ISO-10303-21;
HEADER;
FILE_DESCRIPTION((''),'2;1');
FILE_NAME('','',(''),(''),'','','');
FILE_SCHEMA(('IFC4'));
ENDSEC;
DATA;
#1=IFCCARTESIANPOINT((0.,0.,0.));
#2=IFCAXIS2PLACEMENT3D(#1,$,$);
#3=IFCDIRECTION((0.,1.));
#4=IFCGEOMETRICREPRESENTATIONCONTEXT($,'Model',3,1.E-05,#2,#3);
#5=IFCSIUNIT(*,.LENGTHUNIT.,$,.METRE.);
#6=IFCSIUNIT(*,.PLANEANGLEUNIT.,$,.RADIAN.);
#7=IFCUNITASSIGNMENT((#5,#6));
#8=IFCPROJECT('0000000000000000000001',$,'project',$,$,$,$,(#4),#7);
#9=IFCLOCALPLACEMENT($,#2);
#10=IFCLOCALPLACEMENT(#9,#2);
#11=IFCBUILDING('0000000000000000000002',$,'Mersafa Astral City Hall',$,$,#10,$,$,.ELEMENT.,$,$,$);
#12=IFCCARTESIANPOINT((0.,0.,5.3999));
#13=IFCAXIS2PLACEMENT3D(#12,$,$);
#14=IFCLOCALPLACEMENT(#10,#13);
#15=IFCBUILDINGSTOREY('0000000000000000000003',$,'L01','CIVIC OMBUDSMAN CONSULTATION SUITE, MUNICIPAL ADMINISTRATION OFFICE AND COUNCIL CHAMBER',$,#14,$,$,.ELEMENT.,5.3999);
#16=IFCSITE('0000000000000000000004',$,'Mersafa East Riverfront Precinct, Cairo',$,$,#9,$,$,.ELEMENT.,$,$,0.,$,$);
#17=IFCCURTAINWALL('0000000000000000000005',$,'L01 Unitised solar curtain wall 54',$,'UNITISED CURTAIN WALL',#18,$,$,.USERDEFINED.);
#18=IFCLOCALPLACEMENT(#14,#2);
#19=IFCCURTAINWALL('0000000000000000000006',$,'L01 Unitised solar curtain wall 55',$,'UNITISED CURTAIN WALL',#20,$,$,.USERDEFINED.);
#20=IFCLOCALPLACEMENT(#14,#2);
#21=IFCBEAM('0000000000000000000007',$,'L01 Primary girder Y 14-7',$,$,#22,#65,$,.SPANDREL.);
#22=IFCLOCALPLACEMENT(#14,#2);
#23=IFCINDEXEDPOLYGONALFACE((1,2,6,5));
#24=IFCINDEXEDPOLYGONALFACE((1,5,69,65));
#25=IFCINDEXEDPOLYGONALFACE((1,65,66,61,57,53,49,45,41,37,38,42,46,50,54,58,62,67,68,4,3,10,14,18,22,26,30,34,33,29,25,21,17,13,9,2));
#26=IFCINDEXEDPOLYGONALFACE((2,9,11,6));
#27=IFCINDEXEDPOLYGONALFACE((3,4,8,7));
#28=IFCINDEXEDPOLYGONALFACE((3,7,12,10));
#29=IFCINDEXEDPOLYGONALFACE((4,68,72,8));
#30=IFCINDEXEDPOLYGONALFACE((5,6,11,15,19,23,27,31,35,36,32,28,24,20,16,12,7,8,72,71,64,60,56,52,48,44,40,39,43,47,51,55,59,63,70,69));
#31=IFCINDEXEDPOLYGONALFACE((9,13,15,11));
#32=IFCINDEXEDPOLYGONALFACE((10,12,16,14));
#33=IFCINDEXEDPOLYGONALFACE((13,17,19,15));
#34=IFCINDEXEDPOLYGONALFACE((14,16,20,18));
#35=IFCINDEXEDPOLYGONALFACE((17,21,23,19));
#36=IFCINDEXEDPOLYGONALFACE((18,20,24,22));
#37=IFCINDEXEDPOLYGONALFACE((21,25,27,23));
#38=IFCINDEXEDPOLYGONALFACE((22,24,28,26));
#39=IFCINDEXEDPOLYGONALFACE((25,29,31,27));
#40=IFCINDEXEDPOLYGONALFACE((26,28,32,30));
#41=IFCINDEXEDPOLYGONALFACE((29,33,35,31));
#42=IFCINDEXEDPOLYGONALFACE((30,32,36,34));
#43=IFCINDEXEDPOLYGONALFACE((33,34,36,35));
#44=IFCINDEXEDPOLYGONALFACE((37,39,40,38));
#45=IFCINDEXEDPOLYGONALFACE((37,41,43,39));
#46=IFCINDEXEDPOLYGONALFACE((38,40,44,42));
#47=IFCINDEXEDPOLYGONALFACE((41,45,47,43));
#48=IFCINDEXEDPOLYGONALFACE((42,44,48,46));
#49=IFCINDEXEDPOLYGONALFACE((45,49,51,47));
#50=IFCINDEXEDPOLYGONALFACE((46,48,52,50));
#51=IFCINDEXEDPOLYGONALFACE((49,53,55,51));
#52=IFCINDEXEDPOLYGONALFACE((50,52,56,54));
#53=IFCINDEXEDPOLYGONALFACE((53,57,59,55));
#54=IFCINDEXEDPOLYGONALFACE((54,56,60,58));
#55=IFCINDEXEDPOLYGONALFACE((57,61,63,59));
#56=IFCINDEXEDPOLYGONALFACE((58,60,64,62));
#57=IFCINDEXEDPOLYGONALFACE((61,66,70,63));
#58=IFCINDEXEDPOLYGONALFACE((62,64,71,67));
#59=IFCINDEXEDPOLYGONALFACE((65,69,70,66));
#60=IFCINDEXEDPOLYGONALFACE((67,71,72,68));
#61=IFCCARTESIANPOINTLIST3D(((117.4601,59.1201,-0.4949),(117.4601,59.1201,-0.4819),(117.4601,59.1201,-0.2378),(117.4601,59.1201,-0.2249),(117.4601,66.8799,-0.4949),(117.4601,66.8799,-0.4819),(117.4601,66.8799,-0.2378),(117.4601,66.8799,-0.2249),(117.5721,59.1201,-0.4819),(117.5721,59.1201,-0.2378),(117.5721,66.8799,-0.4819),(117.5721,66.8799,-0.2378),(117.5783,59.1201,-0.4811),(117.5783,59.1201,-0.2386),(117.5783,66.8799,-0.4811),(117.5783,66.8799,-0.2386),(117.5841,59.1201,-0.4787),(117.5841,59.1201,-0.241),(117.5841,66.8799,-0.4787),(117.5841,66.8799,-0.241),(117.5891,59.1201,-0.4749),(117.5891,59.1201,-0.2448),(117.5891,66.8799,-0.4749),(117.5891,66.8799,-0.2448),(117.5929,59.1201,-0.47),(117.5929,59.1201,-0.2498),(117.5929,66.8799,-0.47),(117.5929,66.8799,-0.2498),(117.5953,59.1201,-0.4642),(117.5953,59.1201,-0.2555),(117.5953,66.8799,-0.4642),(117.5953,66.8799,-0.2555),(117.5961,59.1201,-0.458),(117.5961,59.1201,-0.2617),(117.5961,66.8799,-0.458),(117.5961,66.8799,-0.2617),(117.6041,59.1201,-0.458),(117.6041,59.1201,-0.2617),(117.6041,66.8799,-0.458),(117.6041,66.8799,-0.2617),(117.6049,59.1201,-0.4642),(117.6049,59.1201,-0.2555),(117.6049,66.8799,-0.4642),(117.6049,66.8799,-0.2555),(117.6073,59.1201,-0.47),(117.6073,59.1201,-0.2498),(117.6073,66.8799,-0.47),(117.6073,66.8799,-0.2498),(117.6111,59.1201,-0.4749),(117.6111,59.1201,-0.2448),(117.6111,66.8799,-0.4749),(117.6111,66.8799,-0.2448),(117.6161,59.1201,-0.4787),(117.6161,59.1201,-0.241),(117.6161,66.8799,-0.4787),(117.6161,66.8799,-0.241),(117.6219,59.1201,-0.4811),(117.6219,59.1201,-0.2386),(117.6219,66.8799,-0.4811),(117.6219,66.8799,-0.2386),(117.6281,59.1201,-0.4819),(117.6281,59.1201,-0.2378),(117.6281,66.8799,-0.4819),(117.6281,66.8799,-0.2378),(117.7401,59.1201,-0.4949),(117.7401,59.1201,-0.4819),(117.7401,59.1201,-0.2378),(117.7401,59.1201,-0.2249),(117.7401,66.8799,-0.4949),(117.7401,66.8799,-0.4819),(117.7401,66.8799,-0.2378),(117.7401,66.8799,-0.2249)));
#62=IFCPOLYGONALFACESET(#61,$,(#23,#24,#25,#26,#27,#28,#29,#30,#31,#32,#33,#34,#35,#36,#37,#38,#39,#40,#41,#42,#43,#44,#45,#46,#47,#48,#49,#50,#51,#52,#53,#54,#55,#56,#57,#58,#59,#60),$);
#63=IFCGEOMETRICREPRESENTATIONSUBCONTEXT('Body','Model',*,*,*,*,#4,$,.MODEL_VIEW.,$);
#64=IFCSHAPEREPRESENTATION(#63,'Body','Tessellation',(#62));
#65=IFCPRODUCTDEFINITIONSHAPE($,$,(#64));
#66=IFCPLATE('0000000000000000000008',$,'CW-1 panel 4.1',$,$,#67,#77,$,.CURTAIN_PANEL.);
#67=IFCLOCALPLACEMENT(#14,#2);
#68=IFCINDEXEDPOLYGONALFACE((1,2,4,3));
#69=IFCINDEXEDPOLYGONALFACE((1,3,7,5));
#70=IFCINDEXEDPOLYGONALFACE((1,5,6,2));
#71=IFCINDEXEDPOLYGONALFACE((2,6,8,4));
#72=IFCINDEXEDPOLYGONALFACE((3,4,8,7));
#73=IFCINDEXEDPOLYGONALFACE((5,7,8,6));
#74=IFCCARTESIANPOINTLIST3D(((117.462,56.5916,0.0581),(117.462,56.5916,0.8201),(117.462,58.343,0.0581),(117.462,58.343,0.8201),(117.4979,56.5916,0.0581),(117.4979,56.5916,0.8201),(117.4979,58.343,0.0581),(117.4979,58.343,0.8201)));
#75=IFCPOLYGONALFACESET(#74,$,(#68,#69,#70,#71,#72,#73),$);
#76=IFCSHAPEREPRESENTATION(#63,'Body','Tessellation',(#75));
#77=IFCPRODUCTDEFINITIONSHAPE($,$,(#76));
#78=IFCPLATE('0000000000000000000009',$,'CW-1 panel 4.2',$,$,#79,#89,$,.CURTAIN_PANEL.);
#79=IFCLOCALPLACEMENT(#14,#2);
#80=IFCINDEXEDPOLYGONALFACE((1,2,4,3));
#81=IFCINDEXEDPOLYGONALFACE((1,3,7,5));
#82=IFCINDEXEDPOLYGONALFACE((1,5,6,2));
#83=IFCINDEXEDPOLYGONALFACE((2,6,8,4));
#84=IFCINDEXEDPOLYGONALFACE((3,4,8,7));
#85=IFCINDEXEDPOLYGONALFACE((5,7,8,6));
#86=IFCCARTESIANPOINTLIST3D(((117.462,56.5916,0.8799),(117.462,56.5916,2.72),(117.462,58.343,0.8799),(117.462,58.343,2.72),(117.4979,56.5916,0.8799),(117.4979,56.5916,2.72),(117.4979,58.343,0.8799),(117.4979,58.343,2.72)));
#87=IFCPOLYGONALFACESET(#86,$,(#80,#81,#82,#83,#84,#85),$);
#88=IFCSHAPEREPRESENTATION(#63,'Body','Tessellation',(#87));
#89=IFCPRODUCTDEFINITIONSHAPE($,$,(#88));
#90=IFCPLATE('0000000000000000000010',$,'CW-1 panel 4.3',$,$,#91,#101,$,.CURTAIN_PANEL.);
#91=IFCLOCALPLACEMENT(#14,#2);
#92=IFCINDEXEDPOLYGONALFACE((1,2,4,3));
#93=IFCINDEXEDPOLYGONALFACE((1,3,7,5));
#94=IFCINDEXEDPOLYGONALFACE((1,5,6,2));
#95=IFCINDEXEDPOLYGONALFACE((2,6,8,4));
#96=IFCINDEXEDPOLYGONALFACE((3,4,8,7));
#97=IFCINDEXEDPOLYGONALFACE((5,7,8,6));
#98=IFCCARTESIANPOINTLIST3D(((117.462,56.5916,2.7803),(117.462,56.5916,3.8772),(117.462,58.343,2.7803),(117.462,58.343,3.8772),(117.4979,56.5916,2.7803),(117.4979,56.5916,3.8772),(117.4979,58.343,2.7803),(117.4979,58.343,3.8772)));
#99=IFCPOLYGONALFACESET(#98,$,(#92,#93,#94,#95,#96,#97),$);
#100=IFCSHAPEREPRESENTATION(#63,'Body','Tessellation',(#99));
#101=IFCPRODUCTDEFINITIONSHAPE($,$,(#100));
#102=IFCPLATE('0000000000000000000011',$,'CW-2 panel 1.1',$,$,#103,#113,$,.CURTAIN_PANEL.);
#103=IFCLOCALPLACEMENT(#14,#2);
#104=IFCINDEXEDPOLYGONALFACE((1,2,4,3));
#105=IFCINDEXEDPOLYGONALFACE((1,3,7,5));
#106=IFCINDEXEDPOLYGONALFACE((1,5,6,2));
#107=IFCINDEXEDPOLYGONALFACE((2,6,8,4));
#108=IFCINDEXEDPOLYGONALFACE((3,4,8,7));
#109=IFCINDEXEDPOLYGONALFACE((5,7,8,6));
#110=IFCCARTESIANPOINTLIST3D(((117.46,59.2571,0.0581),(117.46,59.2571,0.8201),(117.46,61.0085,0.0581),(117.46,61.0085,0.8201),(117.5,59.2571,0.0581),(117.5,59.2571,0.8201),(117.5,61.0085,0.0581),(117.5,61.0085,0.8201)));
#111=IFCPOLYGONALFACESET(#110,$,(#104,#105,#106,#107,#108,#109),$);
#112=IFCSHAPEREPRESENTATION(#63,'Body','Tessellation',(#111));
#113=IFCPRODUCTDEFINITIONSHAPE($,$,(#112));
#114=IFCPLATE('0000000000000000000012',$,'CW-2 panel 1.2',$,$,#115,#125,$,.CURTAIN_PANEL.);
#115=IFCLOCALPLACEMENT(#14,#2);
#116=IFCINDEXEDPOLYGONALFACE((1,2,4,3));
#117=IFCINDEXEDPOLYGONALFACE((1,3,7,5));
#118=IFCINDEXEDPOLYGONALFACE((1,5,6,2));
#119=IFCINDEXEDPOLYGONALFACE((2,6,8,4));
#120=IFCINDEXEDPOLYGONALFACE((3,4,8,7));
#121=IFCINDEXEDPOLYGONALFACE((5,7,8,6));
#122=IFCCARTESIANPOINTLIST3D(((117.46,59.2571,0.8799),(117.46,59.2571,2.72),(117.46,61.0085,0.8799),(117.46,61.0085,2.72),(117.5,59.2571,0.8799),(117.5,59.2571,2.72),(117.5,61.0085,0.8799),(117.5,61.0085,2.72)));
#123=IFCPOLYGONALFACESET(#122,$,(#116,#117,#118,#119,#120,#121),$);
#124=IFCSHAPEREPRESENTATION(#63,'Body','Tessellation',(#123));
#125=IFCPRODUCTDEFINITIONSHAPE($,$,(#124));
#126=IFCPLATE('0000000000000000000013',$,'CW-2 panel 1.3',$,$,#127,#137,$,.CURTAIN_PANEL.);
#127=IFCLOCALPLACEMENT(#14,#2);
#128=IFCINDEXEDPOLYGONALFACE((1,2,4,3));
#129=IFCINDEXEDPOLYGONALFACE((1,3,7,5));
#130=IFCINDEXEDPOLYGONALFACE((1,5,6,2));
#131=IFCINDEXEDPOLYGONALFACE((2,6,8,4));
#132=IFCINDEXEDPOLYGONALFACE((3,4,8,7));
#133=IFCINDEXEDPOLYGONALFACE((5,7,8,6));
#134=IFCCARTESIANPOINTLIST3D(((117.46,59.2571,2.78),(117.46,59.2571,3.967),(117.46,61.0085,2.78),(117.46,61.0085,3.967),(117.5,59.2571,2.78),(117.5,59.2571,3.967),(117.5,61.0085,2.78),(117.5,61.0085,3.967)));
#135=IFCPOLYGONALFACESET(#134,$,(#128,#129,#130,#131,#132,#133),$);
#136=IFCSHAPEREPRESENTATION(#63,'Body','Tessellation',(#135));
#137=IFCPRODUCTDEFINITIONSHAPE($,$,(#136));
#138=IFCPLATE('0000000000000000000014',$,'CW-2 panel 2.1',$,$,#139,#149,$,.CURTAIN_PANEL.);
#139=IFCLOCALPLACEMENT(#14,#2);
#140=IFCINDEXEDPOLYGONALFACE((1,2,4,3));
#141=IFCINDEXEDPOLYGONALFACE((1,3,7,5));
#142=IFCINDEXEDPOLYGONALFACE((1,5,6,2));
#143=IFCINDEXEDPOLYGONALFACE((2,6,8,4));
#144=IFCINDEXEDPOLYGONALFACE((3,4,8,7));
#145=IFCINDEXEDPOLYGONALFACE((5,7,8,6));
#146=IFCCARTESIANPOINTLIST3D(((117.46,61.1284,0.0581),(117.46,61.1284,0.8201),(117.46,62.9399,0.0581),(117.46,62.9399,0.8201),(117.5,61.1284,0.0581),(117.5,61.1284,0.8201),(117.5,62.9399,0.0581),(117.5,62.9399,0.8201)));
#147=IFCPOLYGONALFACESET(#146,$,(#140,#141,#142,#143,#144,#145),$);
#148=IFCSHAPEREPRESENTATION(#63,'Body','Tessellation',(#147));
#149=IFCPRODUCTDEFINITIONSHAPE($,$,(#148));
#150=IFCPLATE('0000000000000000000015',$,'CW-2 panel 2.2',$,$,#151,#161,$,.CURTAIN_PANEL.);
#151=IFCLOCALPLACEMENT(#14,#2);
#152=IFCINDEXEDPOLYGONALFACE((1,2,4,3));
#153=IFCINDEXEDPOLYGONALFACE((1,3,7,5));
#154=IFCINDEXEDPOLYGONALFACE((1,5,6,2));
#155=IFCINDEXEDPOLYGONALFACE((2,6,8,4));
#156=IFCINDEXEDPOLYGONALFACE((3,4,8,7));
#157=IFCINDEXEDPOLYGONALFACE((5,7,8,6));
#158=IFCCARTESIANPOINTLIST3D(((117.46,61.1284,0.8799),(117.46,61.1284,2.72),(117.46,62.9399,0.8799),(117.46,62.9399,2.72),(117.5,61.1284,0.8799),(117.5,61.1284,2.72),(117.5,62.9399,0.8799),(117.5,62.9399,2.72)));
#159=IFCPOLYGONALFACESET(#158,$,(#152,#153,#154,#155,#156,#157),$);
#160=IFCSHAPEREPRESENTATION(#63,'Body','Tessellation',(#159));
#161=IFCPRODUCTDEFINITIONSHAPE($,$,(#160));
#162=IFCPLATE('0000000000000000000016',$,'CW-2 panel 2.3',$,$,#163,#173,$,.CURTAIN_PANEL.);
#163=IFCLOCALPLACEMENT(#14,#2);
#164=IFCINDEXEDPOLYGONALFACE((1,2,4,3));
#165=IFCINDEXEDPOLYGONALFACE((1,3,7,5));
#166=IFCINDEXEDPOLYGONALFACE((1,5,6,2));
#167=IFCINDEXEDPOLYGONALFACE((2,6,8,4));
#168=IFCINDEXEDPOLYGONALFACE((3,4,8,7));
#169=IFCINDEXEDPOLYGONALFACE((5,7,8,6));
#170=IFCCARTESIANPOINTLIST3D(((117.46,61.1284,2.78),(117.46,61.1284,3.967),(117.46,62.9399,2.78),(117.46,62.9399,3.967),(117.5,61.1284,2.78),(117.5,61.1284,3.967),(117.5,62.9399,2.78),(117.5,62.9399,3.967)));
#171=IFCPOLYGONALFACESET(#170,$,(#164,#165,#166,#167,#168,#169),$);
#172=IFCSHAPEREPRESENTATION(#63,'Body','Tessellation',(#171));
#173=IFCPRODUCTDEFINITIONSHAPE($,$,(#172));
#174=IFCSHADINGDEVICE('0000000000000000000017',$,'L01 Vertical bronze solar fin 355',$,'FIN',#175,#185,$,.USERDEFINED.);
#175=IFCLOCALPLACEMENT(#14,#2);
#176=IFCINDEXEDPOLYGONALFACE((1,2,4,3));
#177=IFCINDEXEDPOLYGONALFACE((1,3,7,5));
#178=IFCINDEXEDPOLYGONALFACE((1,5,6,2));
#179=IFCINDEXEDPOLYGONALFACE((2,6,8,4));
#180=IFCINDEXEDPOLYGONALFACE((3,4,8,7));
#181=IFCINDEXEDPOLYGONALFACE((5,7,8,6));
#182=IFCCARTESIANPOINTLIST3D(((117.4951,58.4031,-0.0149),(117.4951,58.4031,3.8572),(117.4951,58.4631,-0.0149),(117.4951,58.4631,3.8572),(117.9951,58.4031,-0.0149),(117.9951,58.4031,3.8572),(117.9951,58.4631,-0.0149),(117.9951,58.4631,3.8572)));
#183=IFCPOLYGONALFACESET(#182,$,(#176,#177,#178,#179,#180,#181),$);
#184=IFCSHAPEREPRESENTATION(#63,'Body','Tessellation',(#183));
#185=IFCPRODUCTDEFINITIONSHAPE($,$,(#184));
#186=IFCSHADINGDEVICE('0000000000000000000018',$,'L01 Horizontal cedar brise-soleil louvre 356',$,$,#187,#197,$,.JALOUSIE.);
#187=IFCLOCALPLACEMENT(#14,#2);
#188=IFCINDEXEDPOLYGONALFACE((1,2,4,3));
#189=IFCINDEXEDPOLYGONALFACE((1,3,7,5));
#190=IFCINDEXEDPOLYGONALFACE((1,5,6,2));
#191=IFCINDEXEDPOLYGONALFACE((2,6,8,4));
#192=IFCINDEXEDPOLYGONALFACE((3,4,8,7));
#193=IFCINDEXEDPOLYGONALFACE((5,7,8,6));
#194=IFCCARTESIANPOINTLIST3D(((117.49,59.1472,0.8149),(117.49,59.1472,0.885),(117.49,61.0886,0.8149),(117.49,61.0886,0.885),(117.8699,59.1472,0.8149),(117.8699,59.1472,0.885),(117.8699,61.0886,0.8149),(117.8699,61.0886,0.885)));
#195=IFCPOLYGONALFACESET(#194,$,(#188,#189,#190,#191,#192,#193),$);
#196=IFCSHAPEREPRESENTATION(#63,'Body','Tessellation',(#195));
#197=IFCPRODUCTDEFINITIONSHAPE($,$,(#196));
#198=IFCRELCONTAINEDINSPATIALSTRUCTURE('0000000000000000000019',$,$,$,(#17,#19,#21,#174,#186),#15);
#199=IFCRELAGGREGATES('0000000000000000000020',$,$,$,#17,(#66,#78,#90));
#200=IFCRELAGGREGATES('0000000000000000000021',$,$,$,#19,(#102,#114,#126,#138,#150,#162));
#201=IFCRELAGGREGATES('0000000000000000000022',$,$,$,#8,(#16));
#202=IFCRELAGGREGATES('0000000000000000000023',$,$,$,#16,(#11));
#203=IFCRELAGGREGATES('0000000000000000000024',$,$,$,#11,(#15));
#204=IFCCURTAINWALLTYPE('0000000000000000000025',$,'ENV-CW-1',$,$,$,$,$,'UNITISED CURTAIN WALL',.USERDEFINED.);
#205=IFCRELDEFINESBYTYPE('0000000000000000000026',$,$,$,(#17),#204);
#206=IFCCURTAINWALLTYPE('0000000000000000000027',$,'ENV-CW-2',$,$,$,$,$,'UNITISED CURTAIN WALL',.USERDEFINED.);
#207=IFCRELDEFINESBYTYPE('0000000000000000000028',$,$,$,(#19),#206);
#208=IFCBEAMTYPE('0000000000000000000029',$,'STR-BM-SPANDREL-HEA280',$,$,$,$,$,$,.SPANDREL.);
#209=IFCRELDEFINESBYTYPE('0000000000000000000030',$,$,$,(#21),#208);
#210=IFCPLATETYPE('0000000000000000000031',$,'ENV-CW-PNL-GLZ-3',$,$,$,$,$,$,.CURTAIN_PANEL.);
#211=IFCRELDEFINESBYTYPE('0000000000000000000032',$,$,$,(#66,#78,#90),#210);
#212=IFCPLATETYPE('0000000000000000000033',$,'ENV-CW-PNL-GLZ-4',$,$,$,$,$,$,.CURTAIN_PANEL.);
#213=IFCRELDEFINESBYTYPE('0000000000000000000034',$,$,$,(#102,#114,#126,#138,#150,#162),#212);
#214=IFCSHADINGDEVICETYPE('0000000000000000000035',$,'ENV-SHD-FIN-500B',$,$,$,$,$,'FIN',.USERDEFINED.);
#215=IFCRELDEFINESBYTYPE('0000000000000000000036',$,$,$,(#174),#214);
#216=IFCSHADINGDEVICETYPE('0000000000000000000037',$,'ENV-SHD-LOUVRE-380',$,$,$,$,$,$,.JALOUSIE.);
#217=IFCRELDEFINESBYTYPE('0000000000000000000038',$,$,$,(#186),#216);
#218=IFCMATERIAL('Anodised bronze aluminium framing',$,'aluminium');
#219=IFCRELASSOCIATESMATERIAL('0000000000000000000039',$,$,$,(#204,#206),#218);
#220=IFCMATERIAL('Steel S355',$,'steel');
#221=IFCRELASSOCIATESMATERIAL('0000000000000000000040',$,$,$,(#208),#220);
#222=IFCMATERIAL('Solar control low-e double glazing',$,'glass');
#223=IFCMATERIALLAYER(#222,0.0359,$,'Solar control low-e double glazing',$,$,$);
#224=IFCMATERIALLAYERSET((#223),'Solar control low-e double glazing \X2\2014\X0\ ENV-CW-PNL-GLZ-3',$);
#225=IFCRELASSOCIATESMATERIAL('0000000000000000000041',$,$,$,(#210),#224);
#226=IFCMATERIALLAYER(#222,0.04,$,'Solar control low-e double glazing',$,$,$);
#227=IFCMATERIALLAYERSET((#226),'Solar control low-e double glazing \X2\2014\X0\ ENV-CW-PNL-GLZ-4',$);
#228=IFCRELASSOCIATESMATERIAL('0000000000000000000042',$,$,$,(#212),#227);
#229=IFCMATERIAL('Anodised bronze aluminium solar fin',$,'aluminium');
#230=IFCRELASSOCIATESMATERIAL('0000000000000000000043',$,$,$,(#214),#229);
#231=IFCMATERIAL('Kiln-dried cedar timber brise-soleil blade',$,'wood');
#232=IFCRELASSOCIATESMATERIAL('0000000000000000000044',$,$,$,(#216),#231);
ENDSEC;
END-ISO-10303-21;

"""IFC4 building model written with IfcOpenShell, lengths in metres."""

from ifc_helpers import new_model, si_unit, direction, frame, origin, origin_2d, place, context, subcontext, project, spatial, rectangle, i_section, extrude, material, layer, layer_set, material_profile, profile_set, type_object, element, aggregate, save


model = new_model("IFC4")

# Units and contexts
model_context = context("Model", 3, precision=1e-05, world=origin(), true_north=direction((0.0, 1.0)))
body_context = subcontext(model_context, "Body", "Model", "MODEL_VIEW")
ifc_project = project(units=[si_unit("LENGTHUNIT", "METRE"), si_unit("PLANEANGLEUNIT", "RADIAN")], contexts=[model_context])

# Site, building, storey
site_placement = place(None, origin())
site = spatial("IfcSite", under=ifc_project, at=site_placement, Name="Mersafa East Riverfront Precinct, Cairo", CompositionType="ELEMENT", RefElevation=0.0)
building_placement = place(site_placement, origin())
building = spatial("IfcBuilding", under=site, at=building_placement, Name="Mersafa Astral City Hall", CompositionType="ELEMENT")
storey_placement = place(building_placement, frame((0.0, 0.0, 5.3999)))
storey = spatial("IfcBuildingStorey", under=building, at=storey_placement, Name="L01", Description="CIVIC OMBUDSMAN CONSULTATION SUITE, MUNICIPAL ADMINISTRATION OFFICE AND COUNCIL CHAMBER", CompositionType="ELEMENT", Elevation=5.3999)

# Shared definitions
ifc_material_1 = material(Name="Steel S355", Category="steel")

# Curtain wall
ifc_material_2 = material(Name="Anodised bronze aluminium framing", Category="aluminium")
curtain_wall_type_1 = type_object("IfcCurtainWallType", Name="ENV-CW-1", ElementType="UNITISED CURTAIN WALL", PredefinedType="USERDEFINED", material=ifc_material_2)
curtain_wall_1_placement = place(storey_placement, origin())
curtain_wall_1 = element("IfcCurtainWall", 1, at=curtain_wall_1_placement, inside=storey, type_object=curtain_wall_type_1, Name="L01 Unitised solar curtain wall 54", ObjectType="UNITISED CURTAIN WALL", PredefinedType="USERDEFINED")

# Curtain wall
curtain_wall_type_2 = type_object("IfcCurtainWallType", Name="ENV-CW-2", ElementType="UNITISED CURTAIN WALL", PredefinedType="USERDEFINED", material=ifc_material_2)
curtain_wall_2_placement = place(storey_placement, origin())
curtain_wall_2 = element("IfcCurtainWall", 2, at=curtain_wall_2_placement, inside=storey, type_object=curtain_wall_type_2, Name="L01 Unitised solar curtain wall 55", ObjectType="UNITISED CURTAIN WALL", PredefinedType="USERDEFINED")

# Beam
ifc_material_profile_1 = material_profile(ifc_material_1, i_section(OverallWidth=0.28, OverallDepth=0.27, WebThickness=0.0081, FlangeThickness=0.0129, FilletRadius=0.0239, at=origin_2d()), Name="HEA 280")
ifc_profile_set_1 = profile_set([ifc_material_profile_1], Name="Steel S355")
beam_type_1 = type_object("IfcBeamType", Name="STR-BM-SPANDREL-HEA280", PredefinedType="SPANDREL", material=ifc_profile_set_1)
beam_placement = place(storey_placement, frame((117.6001, 59.1201, -0.3599), z_axis=(0.0, 1.0, 0.0), x_axis=(-1.0, 0.0, 0.0)))
element("IfcBeam", 3, at=beam_placement, inside=storey, type_object=beam_type_1, Name="L01 Primary girder Y 14-7", PredefinedType="SPANDREL", context=body_context, shape_type="SweptSolid", body=[
    extrude(i_section(OverallWidth=0.28, OverallDepth=0.27, WebThickness=0.0081, FlangeThickness=0.0129, FilletRadius=0.0239, at=origin_2d()), origin(), (0.0, 0.0, 1.0), 7.7598),
])

# Plates
ifc_material_3 = material(Name="Solar control low-e double glazing", Category="glass")
ifc_layer_1 = layer(ifc_material_3, 0.0359, Name="Solar control low-e double glazing")
ifc_layer_set_1 = layer_set([ifc_layer_1], Name="Solar control low-e double glazing — ENV-CW-PNL-GLZ-3")
plate_type_1 = type_object("IfcPlateType", Name="ENV-CW-PNL-GLZ-3", PredefinedType="CURTAIN_PANEL", material=ifc_layer_set_1)
plate_1_placement = place(storey_placement, frame((117.48, 57.4673, 0.0581), z_axis=(0.0, 0.0, 1.0), x_axis=(0.0, 1.0, 0.0)))
plate_1 = element("IfcPlate", 4, at=plate_1_placement, type_object=plate_type_1, Name="CW-1 panel 4.1", PredefinedType="CURTAIN_PANEL", context=body_context, shape_type="SweptSolid", body=[
    extrude(rectangle(XDim=1.7515, YDim=0.0359, at=origin_2d()), origin(), (0.0, 0.0, 1.0), 0.762),
])
plate_2_placement = place(storey_placement, frame((117.48, 57.4673, 0.8799), z_axis=(0.0, 0.0, 1.0), x_axis=(0.0, 1.0, 0.0)))
plate_2 = element("IfcPlate", 5, at=plate_2_placement, type_object=plate_type_1, Name="CW-1 panel 4.2", PredefinedType="CURTAIN_PANEL", context=body_context, shape_type="SweptSolid", body=[
    extrude(rectangle(XDim=1.7515, YDim=0.0359, at=origin_2d()), origin(), (0.0, 0.0, 1.0), 1.8401),
])
plate_3_placement = place(storey_placement, frame((117.48, 57.4673, 2.7803), z_axis=(0.0, 0.0, 1.0), x_axis=(0.0, 1.0, 0.0)))
plate_3 = element("IfcPlate", 6, at=plate_3_placement, type_object=plate_type_1, Name="CW-1 panel 4.3", PredefinedType="CURTAIN_PANEL", context=body_context, shape_type="SweptSolid", body=[
    extrude(rectangle(XDim=1.7515, YDim=0.0359, at=origin_2d()), origin(), (0.0, 0.0, 1.0), 1.0969),
])
aggregate(curtain_wall_1, [plate_1, plate_2, plate_3])
ifc_layer_2 = layer(ifc_material_3, 0.04, Name="Solar control low-e double glazing")
ifc_layer_set_2 = layer_set([ifc_layer_2], Name="Solar control low-e double glazing — ENV-CW-PNL-GLZ-4")
plate_type_2 = type_object("IfcPlateType", Name="ENV-CW-PNL-GLZ-4", PredefinedType="CURTAIN_PANEL", material=ifc_layer_set_2)
plate_4_placement = place(storey_placement, frame((117.48, 60.1328, 0.0581), z_axis=(0.0, 0.0, 1.0), x_axis=(0.0, 1.0, 0.0)))
plate_4 = element("IfcPlate", 7, at=plate_4_placement, type_object=plate_type_2, Name="CW-2 panel 1.1", PredefinedType="CURTAIN_PANEL", context=body_context, shape_type="SweptSolid", body=[
    extrude(rectangle(XDim=1.7515, YDim=0.04, at=origin_2d()), origin(), (0.0, 0.0, 1.0), 0.762),
])
plate_5_placement = place(storey_placement, frame((117.48, 60.1328, 0.8799), z_axis=(0.0, 0.0, 1.0), x_axis=(0.0, 1.0, 0.0)))
plate_5 = element("IfcPlate", 8, at=plate_5_placement, type_object=plate_type_2, Name="CW-2 panel 1.2", PredefinedType="CURTAIN_PANEL", context=body_context, shape_type="SweptSolid", body=[
    extrude(rectangle(XDim=1.7515, YDim=0.04, at=origin_2d()), origin(), (0.0, 0.0, 1.0), 1.8401),
])
plate_6_placement = place(storey_placement, frame((117.48, 60.1328, 2.78), z_axis=(0.0, 0.0, 1.0), x_axis=(0.0, 1.0, 0.0)))
plate_6 = element("IfcPlate", 9, at=plate_6_placement, type_object=plate_type_2, Name="CW-2 panel 1.3", PredefinedType="CURTAIN_PANEL", context=body_context, shape_type="SweptSolid", body=[
    extrude(rectangle(XDim=1.7515, YDim=0.04, at=origin_2d()), origin(), (0.0, 0.0, 1.0), 1.187),
])
plate_7_placement = place(storey_placement, frame((117.48, 62.0342, 0.0581), z_axis=(0.0, 0.0, 1.0), x_axis=(0.0, 1.0, 0.0)))
plate_7 = element("IfcPlate", 10, at=plate_7_placement, type_object=plate_type_2, Name="CW-2 panel 2.1", PredefinedType="CURTAIN_PANEL", context=body_context, shape_type="SweptSolid", body=[
    extrude(rectangle(XDim=1.8115, YDim=0.04, at=origin_2d()), origin(), (0.0, 0.0, 1.0), 0.762),
])
plate_8_placement = place(storey_placement, frame((117.48, 62.0342, 0.8799), z_axis=(0.0, 0.0, 1.0), x_axis=(0.0, 1.0, 0.0)))
plate_8 = element("IfcPlate", 11, at=plate_8_placement, type_object=plate_type_2, Name="CW-2 panel 2.2", PredefinedType="CURTAIN_PANEL", context=body_context, shape_type="SweptSolid", body=[
    extrude(rectangle(XDim=1.8115, YDim=0.04, at=origin_2d()), origin(), (0.0, 0.0, 1.0), 1.8401),
])
plate_9_placement = place(storey_placement, frame((117.48, 62.0342, 2.78), z_axis=(0.0, 0.0, 1.0), x_axis=(0.0, 1.0, 0.0)))
plate_9 = element("IfcPlate", 12, at=plate_9_placement, type_object=plate_type_2, Name="CW-2 panel 2.3", PredefinedType="CURTAIN_PANEL", context=body_context, shape_type="SweptSolid", body=[
    extrude(rectangle(XDim=1.8115, YDim=0.04, at=origin_2d()), origin(), (0.0, 0.0, 1.0), 1.187),
])
aggregate(curtain_wall_2, [plate_4, plate_5, plate_6, plate_7, plate_8, plate_9])

# Shading devices
ifc_material_4 = material(Name="Anodised bronze aluminium solar fin", Category="aluminium")
shading_device_type_1 = type_object("IfcShadingDeviceType", Name="ENV-SHD-FIN-500B", ElementType="FIN", PredefinedType="USERDEFINED", material=ifc_material_4)
shading_device_1_placement = place(storey_placement, frame((117.7451, 58.4331, -0.0149), z_axis=(0.0, 0.0, 1.0), x_axis=(0.0, 1.0, 0.0)))
element("IfcShadingDevice", 13, at=shading_device_1_placement, inside=storey, type_object=shading_device_type_1, Name="L01 Vertical bronze solar fin 355", ObjectType="FIN", PredefinedType="USERDEFINED", context=body_context, shape_type="SweptSolid", body=[
    extrude(rectangle(XDim=0.0601, YDim=0.5, at=origin_2d()), origin(), (0.0, 0.0, 1.0), 3.8721),
])
ifc_material_5 = material(Name="Kiln-dried cedar timber brise-soleil blade", Category="wood")
shading_device_type_2 = type_object("IfcShadingDeviceType", Name="ENV-SHD-LOUVRE-380", PredefinedType="JALOUSIE", material=ifc_material_5)
shading_device_2_placement = place(storey_placement, frame((117.6799, 60.1179, 0.8149), z_axis=(0.0, 0.0, 1.0), x_axis=(0.0, 1.0, 0.0)))
element("IfcShadingDevice", 14, at=shading_device_2_placement, inside=storey, type_object=shading_device_type_2, Name="L01 Horizontal cedar brise-soleil louvre 356", PredefinedType="JALOUSIE", context=body_context, shape_type="SweptSolid", body=[
    extrude(rectangle(XDim=1.9414, YDim=0.3799, at=origin_2d()), origin(), (0.0, 0.0, 1.0), 0.0701),
])

save(model, "model.ifc")
